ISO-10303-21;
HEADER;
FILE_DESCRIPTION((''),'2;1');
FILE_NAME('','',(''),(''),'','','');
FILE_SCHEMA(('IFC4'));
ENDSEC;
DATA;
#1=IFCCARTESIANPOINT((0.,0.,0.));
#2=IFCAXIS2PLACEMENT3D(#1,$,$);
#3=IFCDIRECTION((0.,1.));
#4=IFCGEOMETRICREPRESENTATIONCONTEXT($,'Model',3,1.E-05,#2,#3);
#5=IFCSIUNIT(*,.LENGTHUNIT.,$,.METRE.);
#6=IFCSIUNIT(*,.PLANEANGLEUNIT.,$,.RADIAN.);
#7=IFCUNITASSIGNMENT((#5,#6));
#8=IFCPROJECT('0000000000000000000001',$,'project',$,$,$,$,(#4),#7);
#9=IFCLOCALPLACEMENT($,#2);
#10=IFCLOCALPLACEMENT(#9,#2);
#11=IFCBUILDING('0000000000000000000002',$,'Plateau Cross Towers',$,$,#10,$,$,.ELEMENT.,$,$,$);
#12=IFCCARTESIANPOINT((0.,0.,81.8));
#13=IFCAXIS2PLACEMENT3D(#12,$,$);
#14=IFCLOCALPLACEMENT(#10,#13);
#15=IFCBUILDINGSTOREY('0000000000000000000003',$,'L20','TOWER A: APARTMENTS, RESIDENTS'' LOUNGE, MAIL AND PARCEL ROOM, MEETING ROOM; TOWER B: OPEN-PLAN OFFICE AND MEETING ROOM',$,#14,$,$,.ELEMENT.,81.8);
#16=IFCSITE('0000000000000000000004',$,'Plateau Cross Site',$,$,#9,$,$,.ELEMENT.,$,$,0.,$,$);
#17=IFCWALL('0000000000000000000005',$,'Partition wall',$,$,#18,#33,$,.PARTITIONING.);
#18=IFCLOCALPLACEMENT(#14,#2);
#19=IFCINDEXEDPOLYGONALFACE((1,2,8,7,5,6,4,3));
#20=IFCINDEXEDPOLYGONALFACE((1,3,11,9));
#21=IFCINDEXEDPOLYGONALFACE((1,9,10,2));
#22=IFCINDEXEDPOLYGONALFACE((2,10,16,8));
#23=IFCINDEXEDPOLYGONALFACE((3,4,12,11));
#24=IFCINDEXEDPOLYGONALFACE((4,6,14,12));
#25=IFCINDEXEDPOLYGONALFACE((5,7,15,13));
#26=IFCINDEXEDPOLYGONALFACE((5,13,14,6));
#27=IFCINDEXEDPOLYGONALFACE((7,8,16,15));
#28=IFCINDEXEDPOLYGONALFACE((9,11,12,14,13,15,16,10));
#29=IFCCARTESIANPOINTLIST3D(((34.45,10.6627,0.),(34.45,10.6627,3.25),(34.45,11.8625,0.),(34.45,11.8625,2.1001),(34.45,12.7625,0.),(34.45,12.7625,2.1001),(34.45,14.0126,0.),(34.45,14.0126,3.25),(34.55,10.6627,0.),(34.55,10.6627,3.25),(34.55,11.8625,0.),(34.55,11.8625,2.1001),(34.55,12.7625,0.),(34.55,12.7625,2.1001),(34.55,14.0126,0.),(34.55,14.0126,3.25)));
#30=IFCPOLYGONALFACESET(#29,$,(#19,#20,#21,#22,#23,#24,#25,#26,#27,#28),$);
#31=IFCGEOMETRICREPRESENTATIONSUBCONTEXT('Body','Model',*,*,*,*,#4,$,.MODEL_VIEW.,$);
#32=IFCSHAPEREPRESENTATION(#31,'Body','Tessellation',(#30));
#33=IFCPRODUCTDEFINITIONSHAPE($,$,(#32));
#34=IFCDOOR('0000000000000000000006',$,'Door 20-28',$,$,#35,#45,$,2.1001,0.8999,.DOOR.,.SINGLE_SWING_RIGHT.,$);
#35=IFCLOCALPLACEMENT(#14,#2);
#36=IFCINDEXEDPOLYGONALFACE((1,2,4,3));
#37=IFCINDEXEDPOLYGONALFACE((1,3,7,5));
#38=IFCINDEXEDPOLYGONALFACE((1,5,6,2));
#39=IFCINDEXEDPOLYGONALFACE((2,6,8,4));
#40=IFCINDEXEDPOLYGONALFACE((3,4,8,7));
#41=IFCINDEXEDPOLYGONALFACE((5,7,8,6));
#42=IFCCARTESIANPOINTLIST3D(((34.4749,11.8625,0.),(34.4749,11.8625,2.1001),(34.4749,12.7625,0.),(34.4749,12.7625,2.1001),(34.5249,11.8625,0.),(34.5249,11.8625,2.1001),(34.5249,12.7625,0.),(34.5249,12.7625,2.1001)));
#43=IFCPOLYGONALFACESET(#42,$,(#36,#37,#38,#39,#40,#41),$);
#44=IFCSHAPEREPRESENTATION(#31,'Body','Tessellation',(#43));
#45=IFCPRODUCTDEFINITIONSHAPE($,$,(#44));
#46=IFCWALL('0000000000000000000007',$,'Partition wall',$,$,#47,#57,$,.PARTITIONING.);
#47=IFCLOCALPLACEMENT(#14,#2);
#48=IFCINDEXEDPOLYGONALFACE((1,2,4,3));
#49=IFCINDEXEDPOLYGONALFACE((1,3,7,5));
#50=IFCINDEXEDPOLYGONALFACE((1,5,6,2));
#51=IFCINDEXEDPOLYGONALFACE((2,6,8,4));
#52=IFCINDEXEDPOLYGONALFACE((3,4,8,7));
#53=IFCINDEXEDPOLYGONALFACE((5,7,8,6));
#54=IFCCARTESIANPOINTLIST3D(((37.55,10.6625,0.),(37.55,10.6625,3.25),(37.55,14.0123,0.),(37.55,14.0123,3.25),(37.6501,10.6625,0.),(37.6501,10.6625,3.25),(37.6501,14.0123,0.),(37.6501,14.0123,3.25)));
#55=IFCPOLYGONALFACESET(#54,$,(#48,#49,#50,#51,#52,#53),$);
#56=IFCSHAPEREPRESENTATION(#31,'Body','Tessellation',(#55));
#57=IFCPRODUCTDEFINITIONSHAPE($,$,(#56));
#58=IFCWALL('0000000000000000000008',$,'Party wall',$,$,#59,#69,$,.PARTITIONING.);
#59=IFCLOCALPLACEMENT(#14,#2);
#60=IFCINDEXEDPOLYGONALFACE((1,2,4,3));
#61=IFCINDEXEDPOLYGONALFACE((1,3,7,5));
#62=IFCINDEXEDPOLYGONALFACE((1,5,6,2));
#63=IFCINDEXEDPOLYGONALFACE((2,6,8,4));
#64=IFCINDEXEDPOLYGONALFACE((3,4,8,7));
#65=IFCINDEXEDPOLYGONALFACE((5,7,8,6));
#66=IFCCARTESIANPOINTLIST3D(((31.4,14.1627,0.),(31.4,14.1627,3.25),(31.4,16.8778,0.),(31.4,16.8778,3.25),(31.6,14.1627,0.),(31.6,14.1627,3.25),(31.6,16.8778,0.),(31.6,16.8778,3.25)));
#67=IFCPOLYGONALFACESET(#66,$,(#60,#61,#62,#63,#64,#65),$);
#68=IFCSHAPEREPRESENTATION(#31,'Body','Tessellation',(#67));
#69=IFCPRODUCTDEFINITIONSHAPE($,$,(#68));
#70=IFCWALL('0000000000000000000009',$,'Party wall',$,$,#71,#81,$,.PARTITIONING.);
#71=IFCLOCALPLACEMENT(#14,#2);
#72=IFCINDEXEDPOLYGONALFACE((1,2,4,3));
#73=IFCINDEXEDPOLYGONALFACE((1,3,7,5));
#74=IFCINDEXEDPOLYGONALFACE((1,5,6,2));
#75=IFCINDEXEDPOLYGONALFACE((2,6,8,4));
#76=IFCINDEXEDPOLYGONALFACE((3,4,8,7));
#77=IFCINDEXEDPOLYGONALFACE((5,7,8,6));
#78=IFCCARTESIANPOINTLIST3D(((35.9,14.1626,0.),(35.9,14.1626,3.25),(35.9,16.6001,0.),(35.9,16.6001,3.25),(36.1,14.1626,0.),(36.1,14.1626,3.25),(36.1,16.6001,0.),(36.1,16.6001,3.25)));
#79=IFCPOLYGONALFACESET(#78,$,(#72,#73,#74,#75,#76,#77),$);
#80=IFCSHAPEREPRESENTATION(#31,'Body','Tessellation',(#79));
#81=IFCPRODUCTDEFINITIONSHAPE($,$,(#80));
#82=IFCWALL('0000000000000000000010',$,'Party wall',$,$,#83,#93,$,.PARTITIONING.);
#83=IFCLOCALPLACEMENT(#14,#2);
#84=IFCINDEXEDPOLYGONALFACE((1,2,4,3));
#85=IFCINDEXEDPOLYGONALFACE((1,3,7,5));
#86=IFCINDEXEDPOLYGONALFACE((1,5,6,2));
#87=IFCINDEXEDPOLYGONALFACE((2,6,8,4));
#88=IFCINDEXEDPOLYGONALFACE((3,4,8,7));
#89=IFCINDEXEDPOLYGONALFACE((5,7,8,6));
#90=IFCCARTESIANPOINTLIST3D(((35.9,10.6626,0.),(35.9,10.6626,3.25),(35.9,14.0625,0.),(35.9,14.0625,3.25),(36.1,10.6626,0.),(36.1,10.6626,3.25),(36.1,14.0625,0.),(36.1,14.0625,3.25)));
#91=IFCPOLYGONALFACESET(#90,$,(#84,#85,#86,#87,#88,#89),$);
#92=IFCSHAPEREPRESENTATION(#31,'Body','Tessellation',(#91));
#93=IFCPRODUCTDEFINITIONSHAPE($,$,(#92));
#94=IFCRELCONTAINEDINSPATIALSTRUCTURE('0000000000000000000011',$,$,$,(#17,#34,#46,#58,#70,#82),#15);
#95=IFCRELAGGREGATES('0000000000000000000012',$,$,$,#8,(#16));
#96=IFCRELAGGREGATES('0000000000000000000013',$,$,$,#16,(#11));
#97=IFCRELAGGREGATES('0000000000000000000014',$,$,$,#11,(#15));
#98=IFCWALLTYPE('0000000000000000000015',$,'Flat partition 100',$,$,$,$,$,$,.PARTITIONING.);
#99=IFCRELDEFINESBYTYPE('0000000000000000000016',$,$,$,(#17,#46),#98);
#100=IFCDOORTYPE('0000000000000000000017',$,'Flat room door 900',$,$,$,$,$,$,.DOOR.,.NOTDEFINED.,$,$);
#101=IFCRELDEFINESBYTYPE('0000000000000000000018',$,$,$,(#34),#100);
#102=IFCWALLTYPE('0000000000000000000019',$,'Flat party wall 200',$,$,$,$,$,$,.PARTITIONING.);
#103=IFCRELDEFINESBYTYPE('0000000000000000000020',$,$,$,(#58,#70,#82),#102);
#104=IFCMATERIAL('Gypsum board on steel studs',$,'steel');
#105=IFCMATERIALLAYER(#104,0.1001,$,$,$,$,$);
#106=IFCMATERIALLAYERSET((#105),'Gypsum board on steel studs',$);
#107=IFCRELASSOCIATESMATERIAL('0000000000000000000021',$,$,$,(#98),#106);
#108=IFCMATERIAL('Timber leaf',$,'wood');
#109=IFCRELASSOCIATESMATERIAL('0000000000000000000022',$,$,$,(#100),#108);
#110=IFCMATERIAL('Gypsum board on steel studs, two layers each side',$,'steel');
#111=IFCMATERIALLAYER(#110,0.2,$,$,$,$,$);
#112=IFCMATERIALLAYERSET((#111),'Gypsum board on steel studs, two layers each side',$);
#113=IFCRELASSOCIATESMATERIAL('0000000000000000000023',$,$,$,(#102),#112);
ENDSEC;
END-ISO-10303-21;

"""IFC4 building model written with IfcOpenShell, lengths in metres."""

from ifc_helpers import new_model, si_unit, direction, frame, frame_2d, origin, place, context, subcontext, project, spatial, rectangle, extrude, material, layer, layer_set, type_object, element, fill, save


model = new_model("IFC4")

# Units and contexts
model_context = context("Model", 3, precision=1e-05, world=origin(), true_north=direction((0.0, 1.0)))
body_context = subcontext(model_context, "Body", "Model", "MODEL_VIEW")
ifc_project = project(units=[si_unit("LENGTHUNIT", "METRE"), si_unit("PLANEANGLEUNIT", "RADIAN")], contexts=[model_context])

# Site, building, storey
site_placement = place(None, origin())
site = spatial("IfcSite", under=ifc_project, at=site_placement, Name="Plateau Cross Site", CompositionType="ELEMENT", RefElevation=0.0)
building_placement = place(site_placement, origin())
building = spatial("IfcBuilding", under=site, at=building_placement, Name="Plateau Cross Towers", CompositionType="ELEMENT")
storey_placement = place(building_placement, frame((0.0, 0.0, 81.8)))
storey = spatial("IfcBuildingStorey", under=building, at=storey_placement, Name="L20", Description="TOWER A: APARTMENTS, RESIDENTS' LOUNGE, MAIL AND PARCEL ROOM, MEETING ROOM; TOWER B: OPEN-PLAN OFFICE AND MEETING ROOM", CompositionType="ELEMENT", Elevation=81.8)

# Shared definitions
ifc_material_1 = material(Name="Gypsum board on steel studs", Category="steel")
ifc_layer_1 = layer(ifc_material_1, 0.1001)
ifc_layer_set_1 = layer_set([ifc_layer_1], Name="Gypsum board on steel studs")
wall_type_1 = type_object("IfcWallType", Name="Flat partition 100", PredefinedType="PARTITIONING", material=ifc_layer_set_1)

# Wall, opening, door
ifc_material_2 = material(Name="Timber leaf", Category="wood")
door_type = type_object("IfcDoorType", Name="Flat room door 900", OperationType="NOTDEFINED", PredefinedType="DOOR", material=ifc_material_2)
wall_1_placement = place(storey_placement, frame((34.5, 14.0125, 0.0), z_axis=(0.0, 0.0, 1.0), x_axis=(0.0, -1.0, 0.0)))
wall_1 = element("IfcWall", 1, at=wall_1_placement, inside=storey, type_object=wall_type_1, Name="Partition wall", PredefinedType="PARTITIONING", context=body_context, shape_type="SweptSolid", body=[
    extrude(rectangle(XDim=3.3499, YDim=0.1001, at=frame_2d((1.6748, 0.0))), origin(), (0.0, 0.0, 1.0), 3.25),
])
opening_1_placement = place(wall_1_placement, frame((1.25, 0.0, 0.0)))
opening_1 = element("IfcOpeningElement", 2, at=opening_1_placement, cuts=wall_1, PredefinedType="OPENING", context=body_context, shape_type="SweptSolid", body=[
    extrude(rectangle(XDim=0.8999, YDim=2.1001, at=frame_2d((0.45, 1.05))), frame((0.0, 0.0601, 0.0), z_axis=(0.0, -1.0, 0.0), x_axis=(1.0, 0.0, 0.0)), (0.0, 0.0, 1.0), 0.1201),
])
door_1_placement = place(opening_1_placement, origin())
door_1 = element("IfcDoor", 3, at=door_1_placement, inside=storey, type_object=door_type, Name="Door 20-28", OperationType="SINGLE_SWING_RIGHT", OverallHeight=2.1001, OverallWidth=0.8999, PredefinedType="DOOR", context=body_context, shape_type="SweptSolid", body=[
    extrude(rectangle(XDim=0.8999, YDim=2.1001, at=frame_2d((0.45, 1.05))), frame((0.0, 0.0249, 0.0), z_axis=(0.0, -1.0, 0.0), x_axis=(1.0, 0.0, 0.0)), (0.0, 0.0, 1.0), 0.05),
])
fill(opening_1, door_1)

# Walls
wall_2_placement = place(storey_placement, frame((37.6001, 10.6626, 0.0), z_axis=(0.0, 0.0, 1.0), x_axis=(0.0, 1.0, 0.0)))
element("IfcWall", 4, at=wall_2_placement, inside=storey, type_object=wall_type_1, Name="Partition wall", PredefinedType="PARTITIONING", context=body_context, shape_type="SweptSolid", body=[
    extrude(rectangle(XDim=3.3499, YDim=0.1001, at=frame_2d((1.6748, 0.0))), origin(), (0.0, 0.0, 1.0), 3.25),
])
ifc_material_3 = material(Name="Gypsum board on steel studs, two layers each side", Category="steel")
ifc_layer_2 = layer(ifc_material_3, 0.2)
ifc_layer_set_2 = layer_set([ifc_layer_2], Name="Gypsum board on steel studs, two layers each side")
wall_type_2 = type_object("IfcWallType", Name="Flat party wall 200", PredefinedType="PARTITIONING", material=ifc_layer_set_2)
wall_3_placement = place(storey_placement, frame((31.5, 16.8777, 0.0), z_axis=(0.0, 0.0, 1.0), x_axis=(0.0, -1.0, 0.0)))
element("IfcWall", 5, at=wall_3_placement, inside=storey, type_object=wall_type_2, Name="Party wall", PredefinedType="PARTITIONING", context=body_context, shape_type="SweptSolid", body=[
    extrude(rectangle(XDim=2.7151, YDim=0.2, at=frame_2d((1.3574, 0.0))), origin(), (0.0, 0.0, 1.0), 3.25),
])
wall_4_placement = place(storey_placement, frame((36.0, 16.6001, 0.0), z_axis=(0.0, 0.0, 1.0), x_axis=(0.0, -1.0, 0.0)))
element("IfcWall", 6, at=wall_4_placement, inside=storey, type_object=wall_type_2, Name="Party wall", PredefinedType="PARTITIONING", context=body_context, shape_type="SweptSolid", body=[
    extrude(rectangle(XDim=2.4375, YDim=0.2, at=frame_2d((1.2188, 0.0))), origin(), (0.0, 0.0, 1.0), 3.25),
])
wall_5_placement = place(storey_placement, frame((36.0, 10.6626, 0.0), z_axis=(0.0, 0.0, 1.0), x_axis=(0.0, 1.0, 0.0)))
element("IfcWall", 7, at=wall_5_placement, inside=storey, type_object=wall_type_2, Name="Party wall", PredefinedType="PARTITIONING", context=body_context, shape_type="SweptSolid", body=[
    extrude(rectangle(XDim=3.3999, YDim=0.2, at=frame_2d((1.7, 0.0))), origin(), (0.0, 0.0, 1.0), 3.25),
])

save(model, "model.ifc")
